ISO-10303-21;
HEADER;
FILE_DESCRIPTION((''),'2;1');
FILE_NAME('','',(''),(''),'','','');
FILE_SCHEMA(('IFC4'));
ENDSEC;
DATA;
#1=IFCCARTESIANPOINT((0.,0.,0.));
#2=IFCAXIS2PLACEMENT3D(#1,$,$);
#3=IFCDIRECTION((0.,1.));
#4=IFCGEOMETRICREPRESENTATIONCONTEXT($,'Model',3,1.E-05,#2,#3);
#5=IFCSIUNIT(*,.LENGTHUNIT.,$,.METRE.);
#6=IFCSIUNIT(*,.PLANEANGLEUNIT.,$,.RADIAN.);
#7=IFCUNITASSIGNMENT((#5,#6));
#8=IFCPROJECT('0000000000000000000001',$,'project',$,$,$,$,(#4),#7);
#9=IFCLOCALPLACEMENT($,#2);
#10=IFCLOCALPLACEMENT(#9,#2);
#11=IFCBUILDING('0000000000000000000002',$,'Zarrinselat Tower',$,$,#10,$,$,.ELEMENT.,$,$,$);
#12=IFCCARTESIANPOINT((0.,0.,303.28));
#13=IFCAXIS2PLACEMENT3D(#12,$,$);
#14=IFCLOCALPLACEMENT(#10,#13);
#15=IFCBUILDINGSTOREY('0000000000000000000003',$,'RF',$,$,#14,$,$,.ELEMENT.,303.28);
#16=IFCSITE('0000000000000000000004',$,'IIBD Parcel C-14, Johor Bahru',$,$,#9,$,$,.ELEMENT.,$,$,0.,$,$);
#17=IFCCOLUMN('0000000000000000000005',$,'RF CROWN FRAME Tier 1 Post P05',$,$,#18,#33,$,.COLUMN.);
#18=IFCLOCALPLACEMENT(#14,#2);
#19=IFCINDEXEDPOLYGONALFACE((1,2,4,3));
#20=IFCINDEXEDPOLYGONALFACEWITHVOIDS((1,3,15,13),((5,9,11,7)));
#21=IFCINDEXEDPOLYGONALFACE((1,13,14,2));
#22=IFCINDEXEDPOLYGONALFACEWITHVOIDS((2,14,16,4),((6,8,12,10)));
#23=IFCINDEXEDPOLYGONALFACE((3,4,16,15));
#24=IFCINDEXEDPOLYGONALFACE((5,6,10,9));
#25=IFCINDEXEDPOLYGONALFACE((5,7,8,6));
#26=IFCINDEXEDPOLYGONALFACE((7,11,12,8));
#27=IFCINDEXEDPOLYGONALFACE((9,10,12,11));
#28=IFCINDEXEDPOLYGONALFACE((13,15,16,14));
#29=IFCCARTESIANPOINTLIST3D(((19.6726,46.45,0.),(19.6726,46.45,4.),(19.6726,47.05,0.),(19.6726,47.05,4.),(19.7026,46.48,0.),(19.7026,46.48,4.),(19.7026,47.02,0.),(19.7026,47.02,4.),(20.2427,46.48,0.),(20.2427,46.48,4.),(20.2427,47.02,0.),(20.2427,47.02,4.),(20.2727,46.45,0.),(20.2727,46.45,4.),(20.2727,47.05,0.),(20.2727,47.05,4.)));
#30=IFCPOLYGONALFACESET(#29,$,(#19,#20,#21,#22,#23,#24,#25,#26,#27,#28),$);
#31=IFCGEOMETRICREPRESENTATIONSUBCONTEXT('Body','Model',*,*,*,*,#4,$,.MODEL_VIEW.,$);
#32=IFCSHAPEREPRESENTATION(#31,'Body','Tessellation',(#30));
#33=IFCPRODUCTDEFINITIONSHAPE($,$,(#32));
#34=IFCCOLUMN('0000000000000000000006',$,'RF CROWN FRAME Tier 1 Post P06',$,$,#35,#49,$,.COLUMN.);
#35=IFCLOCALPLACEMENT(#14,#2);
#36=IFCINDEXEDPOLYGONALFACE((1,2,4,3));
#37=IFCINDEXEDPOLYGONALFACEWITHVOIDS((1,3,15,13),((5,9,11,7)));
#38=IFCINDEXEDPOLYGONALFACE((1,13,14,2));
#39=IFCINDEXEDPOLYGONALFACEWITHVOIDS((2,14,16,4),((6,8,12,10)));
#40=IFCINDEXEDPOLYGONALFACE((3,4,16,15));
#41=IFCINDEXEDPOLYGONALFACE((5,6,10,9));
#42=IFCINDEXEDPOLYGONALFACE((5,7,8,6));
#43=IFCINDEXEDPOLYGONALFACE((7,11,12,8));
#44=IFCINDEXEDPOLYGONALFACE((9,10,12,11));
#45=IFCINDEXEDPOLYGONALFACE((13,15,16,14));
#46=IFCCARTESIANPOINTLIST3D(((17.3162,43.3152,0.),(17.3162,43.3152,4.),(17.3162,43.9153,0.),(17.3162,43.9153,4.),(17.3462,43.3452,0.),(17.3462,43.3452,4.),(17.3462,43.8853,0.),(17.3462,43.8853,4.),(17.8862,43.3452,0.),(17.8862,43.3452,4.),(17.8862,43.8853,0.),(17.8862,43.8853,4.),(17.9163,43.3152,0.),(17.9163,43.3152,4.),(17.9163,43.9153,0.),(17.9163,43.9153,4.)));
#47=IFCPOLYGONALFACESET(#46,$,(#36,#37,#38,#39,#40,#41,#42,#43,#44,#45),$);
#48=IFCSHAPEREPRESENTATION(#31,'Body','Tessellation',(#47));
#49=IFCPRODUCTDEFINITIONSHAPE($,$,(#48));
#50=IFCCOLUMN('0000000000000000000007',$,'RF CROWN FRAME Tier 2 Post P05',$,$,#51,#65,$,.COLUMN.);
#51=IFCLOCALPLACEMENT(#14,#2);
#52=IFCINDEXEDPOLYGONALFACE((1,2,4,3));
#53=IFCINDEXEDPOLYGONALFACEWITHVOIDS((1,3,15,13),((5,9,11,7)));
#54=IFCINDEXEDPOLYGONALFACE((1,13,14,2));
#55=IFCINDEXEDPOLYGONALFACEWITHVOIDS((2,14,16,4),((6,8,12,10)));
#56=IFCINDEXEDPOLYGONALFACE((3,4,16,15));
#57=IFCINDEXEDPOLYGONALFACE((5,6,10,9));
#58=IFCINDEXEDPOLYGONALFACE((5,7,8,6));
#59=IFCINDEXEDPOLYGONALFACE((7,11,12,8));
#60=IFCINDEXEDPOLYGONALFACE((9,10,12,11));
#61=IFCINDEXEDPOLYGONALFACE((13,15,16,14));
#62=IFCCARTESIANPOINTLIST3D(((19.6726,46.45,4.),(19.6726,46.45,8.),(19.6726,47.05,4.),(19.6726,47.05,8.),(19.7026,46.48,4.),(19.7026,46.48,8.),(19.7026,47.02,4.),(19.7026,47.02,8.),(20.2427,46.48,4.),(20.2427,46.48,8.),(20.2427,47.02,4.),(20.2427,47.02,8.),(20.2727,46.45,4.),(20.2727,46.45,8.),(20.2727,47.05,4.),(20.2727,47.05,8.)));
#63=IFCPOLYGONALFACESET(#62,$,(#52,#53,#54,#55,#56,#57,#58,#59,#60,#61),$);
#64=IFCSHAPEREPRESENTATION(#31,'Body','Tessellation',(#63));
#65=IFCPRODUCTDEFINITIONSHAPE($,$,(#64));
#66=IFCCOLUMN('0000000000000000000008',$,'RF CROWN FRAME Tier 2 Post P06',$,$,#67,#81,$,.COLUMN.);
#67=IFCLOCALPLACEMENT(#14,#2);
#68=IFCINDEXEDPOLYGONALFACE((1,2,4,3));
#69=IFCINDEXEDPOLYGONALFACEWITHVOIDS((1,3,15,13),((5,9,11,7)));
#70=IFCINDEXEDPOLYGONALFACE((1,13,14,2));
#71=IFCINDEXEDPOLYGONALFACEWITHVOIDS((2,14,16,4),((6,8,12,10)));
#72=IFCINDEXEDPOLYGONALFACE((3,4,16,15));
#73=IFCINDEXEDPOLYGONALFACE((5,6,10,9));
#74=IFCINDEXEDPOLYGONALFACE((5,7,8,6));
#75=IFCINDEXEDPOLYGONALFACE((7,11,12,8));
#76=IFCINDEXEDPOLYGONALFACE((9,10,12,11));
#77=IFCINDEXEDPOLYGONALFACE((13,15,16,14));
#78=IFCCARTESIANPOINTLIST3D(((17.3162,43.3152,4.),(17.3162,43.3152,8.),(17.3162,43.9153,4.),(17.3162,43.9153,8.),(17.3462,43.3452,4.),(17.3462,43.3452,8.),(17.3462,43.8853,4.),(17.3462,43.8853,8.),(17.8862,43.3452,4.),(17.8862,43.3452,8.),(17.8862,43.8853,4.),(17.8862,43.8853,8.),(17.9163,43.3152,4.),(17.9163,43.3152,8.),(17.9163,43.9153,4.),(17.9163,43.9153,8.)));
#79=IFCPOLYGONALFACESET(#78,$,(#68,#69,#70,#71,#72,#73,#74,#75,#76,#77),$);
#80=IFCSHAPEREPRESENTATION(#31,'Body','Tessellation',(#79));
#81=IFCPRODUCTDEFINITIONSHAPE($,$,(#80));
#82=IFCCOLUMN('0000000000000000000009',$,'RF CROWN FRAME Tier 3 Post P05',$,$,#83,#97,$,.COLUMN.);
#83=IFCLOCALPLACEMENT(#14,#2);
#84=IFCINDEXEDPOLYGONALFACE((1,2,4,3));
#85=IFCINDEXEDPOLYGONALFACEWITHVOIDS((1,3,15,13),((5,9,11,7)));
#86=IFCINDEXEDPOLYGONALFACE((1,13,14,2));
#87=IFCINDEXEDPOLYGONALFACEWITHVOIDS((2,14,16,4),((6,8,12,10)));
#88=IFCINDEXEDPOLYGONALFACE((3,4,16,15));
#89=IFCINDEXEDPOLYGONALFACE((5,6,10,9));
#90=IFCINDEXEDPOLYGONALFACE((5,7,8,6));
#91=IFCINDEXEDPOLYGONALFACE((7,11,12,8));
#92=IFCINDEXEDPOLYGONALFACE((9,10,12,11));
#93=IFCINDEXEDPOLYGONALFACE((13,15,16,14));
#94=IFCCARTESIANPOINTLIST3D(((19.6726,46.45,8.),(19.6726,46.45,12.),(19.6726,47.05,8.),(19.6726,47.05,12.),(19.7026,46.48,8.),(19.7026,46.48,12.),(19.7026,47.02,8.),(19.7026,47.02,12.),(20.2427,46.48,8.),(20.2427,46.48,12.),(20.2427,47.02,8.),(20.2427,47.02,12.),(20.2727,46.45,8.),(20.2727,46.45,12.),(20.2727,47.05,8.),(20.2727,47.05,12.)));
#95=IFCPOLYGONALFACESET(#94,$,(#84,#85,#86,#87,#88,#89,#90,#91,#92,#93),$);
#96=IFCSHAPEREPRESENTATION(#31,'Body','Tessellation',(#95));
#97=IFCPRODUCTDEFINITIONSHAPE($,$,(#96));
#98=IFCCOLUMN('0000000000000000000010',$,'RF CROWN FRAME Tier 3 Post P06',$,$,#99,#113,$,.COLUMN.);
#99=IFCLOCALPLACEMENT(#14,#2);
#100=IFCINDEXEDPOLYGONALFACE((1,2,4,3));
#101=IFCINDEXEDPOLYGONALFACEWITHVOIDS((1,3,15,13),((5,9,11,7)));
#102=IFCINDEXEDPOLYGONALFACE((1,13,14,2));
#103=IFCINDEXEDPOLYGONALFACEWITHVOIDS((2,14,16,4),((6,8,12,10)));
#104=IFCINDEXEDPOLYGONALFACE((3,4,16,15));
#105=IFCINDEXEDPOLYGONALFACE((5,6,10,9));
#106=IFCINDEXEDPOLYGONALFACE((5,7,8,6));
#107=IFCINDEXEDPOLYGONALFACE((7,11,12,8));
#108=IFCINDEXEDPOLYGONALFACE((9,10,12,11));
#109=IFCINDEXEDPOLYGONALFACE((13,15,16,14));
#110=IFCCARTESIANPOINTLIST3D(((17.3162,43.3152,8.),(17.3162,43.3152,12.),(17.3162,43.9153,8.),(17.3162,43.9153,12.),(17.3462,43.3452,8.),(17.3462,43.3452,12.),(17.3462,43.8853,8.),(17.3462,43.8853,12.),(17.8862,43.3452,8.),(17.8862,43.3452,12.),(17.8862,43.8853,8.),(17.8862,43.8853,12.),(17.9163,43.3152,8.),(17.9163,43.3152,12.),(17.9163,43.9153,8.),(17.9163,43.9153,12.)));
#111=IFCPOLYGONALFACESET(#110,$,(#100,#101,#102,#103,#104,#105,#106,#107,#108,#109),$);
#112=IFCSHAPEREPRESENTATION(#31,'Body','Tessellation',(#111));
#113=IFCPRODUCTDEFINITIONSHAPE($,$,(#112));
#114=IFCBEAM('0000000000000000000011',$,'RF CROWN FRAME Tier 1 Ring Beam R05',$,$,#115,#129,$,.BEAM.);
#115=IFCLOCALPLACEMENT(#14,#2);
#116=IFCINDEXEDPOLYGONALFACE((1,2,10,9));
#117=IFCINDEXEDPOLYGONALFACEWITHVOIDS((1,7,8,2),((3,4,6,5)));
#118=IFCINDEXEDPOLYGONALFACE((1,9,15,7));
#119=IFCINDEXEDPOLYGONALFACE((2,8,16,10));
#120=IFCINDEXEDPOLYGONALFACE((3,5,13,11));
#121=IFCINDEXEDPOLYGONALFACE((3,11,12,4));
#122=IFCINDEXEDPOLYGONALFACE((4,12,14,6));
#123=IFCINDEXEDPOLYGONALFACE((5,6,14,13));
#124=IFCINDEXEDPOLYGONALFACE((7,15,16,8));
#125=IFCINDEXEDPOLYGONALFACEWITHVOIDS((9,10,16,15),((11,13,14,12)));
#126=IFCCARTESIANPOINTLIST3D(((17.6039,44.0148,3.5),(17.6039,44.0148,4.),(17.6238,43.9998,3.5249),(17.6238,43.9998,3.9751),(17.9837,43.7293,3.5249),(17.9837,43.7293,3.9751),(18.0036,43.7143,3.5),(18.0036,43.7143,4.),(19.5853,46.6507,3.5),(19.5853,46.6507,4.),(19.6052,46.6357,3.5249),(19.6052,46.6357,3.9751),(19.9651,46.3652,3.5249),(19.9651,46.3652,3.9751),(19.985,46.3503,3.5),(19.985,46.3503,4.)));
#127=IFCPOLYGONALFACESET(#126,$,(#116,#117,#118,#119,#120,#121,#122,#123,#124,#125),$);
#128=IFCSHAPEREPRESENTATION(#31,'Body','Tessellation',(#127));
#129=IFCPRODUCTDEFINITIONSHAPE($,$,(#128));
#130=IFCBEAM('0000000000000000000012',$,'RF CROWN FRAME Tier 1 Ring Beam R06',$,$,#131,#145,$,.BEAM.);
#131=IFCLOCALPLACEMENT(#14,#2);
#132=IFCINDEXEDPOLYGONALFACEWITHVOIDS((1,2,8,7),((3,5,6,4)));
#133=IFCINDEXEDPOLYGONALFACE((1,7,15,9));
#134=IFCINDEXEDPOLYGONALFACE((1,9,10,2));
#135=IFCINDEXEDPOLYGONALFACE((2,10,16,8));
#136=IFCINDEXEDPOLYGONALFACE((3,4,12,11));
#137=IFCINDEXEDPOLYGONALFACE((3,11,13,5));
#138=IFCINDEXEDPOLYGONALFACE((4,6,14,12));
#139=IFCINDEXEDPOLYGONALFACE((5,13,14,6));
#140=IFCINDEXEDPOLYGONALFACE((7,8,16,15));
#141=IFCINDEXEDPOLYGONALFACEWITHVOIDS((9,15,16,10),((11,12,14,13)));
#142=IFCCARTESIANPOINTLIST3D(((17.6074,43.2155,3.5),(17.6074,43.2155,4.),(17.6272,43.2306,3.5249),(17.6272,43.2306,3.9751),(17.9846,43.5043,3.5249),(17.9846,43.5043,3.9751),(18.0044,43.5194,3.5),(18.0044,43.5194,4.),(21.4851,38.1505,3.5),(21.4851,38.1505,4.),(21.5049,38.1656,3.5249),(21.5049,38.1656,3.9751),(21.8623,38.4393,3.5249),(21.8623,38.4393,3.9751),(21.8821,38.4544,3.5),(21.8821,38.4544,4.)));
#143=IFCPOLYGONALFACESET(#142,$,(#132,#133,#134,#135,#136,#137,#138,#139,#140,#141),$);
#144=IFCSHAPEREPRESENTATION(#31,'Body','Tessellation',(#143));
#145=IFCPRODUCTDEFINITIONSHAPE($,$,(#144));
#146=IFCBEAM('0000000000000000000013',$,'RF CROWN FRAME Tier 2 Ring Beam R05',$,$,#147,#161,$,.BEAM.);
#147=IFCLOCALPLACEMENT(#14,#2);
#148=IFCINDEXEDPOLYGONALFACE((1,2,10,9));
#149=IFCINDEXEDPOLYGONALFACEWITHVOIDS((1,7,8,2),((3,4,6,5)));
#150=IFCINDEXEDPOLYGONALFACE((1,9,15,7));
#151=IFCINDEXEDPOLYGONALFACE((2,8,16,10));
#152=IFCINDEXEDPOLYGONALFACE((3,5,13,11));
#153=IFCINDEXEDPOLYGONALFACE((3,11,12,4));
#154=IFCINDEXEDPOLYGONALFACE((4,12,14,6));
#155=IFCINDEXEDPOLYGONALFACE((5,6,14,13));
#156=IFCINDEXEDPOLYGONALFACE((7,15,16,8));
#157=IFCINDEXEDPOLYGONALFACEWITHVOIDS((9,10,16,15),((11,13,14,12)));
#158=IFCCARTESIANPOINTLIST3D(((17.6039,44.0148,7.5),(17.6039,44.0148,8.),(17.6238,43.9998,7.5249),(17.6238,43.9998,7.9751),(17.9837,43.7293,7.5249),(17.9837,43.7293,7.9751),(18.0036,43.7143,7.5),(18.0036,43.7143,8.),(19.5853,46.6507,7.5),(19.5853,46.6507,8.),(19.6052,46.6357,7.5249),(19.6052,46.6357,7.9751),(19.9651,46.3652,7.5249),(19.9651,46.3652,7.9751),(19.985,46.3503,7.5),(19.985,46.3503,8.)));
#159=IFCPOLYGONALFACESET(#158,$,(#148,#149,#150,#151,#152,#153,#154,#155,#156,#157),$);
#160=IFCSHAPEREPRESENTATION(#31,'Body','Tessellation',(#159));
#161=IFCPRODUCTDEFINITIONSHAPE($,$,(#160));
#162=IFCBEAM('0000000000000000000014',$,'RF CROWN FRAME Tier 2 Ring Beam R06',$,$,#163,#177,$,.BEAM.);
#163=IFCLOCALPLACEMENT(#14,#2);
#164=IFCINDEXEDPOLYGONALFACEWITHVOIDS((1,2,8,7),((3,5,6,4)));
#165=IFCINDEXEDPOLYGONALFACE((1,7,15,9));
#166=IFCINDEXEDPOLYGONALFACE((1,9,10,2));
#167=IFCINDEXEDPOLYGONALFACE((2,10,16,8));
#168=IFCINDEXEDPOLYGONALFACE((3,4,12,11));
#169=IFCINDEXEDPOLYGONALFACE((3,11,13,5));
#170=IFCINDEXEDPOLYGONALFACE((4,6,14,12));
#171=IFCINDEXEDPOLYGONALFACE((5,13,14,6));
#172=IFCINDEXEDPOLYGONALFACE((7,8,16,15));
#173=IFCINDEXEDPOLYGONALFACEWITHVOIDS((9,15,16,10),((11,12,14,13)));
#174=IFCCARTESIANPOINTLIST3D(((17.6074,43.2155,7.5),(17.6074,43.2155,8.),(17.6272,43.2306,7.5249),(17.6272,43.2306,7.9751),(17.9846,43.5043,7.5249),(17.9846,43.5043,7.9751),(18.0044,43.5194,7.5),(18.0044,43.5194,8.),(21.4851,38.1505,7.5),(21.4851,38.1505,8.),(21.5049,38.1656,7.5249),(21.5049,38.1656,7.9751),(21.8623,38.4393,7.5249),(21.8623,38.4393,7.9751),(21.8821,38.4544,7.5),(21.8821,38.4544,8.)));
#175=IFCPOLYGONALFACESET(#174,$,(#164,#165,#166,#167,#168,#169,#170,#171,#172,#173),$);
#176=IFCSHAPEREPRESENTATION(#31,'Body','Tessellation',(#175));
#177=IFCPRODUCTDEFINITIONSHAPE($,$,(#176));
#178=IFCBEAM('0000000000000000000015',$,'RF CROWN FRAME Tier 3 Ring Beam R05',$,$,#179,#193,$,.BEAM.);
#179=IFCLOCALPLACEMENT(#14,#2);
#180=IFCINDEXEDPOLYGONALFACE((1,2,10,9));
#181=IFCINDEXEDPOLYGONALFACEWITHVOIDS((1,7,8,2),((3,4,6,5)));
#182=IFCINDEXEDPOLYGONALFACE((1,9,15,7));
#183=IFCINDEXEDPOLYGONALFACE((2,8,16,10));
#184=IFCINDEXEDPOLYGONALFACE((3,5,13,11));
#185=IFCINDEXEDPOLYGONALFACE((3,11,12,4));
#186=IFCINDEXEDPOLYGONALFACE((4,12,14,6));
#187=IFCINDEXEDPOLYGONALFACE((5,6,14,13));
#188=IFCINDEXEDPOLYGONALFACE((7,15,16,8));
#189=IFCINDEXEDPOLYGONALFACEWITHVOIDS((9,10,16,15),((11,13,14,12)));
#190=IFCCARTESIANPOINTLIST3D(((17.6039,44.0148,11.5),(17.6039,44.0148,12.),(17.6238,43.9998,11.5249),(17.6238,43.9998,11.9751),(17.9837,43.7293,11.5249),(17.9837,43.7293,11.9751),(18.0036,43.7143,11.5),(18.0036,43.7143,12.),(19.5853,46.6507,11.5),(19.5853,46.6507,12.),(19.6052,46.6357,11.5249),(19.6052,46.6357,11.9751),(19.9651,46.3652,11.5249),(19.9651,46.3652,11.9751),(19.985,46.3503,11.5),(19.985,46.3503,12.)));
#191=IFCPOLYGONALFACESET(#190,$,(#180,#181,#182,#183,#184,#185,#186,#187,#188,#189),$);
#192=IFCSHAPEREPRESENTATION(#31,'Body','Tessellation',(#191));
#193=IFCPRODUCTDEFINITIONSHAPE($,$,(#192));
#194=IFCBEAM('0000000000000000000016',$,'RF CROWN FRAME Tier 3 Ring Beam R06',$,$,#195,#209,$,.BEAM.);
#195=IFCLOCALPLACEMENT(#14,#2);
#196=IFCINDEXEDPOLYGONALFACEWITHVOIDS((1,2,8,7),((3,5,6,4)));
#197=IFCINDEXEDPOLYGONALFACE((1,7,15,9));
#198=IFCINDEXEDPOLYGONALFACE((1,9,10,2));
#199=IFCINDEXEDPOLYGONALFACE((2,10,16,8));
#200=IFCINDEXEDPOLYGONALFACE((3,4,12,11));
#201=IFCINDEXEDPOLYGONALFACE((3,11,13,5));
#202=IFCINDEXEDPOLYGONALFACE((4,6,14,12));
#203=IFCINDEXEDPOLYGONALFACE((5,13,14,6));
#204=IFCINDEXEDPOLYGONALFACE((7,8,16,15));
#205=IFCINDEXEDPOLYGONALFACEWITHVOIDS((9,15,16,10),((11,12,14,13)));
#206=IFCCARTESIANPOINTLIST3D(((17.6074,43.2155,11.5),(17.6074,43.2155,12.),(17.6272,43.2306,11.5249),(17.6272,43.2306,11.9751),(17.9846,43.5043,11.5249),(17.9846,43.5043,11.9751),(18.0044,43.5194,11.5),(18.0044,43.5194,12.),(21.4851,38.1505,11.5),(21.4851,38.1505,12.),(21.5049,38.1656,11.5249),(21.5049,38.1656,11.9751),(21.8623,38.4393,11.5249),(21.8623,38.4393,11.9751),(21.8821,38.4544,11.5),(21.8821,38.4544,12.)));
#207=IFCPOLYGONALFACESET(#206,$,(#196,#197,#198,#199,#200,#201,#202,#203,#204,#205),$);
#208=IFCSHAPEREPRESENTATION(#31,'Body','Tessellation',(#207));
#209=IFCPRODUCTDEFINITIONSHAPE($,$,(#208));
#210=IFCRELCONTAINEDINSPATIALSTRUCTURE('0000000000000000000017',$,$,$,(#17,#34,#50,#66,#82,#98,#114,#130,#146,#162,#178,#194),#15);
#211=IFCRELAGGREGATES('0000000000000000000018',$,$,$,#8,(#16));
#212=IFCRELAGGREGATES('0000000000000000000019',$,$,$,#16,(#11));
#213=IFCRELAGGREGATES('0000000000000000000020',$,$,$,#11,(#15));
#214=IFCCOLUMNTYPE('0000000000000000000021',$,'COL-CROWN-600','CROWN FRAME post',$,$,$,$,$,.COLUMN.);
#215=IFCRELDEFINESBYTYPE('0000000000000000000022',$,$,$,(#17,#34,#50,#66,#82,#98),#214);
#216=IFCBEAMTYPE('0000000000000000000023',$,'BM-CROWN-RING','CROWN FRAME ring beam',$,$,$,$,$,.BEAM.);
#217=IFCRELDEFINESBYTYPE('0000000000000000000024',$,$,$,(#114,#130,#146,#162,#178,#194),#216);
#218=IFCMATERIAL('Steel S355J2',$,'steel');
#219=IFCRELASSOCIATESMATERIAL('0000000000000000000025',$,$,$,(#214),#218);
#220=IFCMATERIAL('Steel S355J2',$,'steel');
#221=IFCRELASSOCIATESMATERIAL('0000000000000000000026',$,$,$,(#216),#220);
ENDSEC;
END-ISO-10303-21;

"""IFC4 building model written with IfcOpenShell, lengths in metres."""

from ifc_helpers import new_model, si_unit, direction, frame, origin, origin_2d, place, context, subcontext, project, spatial, hollow_rectangle, extrude, material, material_profile, profile_set, type_object, element, save


model = new_model("IFC4")

# Units and contexts
model_context = context("Model", 3, precision=1e-05, world=origin(), true_north=direction((0.0, 1.0)))
body_context = subcontext(model_context, "Body", "Model", "MODEL_VIEW")
ifc_project = project(units=[si_unit("LENGTHUNIT", "METRE"), si_unit("PLANEANGLEUNIT", "RADIAN")], contexts=[model_context])

# Site, building, storey
site_placement = place(None, origin())
site = spatial("IfcSite", under=ifc_project, at=site_placement, Name="IIBD Parcel C-14, Johor Bahru", CompositionType="ELEMENT", RefElevation=0.0)
building_placement = place(site_placement, origin())
building = spatial("IfcBuilding", under=site, at=building_placement, Name="Zarrinselat Tower", CompositionType="ELEMENT")
storey_placement = place(building_placement, frame((0.0, 0.0, 303.28)))
storey = spatial("IfcBuildingStorey", under=building, at=storey_placement, Name="RF", CompositionType="ELEMENT", Elevation=303.28)

# Columns
ifc_material_1 = material(Name="Steel S355J2", Category="steel")
ifc_material_profile_1 = material_profile(ifc_material_1, hollow_rectangle(XDim=0.6001, YDim=0.6001, WallThickness=0.03, at=origin_2d()), Name="SHS 600x600x30")
ifc_profile_set_1 = profile_set([ifc_material_profile_1], Name="Steel S355J2")
column_type = type_object("IfcColumnType", Name="COL-CROWN-600", Description="CROWN FRAME post", PredefinedType="COLUMN", material=ifc_profile_set_1)
for number, where, z_axis, x_axis, name in (
    (1, (19.9727, 46.75, 0.0), (0.0, 0.0, 1.0), (1.0, 0.0, 0.0), "RF CROWN FRAME Tier 1 Post P05"),
    (2, (17.6162, 43.6152, 0.0), (0.0, 0.0, 1.0), (1.0, 0.0, 0.0), "RF CROWN FRAME Tier 1 Post P06"),
    (3, (19.9727, 46.75, 4.0), (0.0, 0.0, 1.0), (1.0, 0.0, 0.0), "RF CROWN FRAME Tier 2 Post P05"),
    (4, (17.6162, 43.6152, 4.0), (0.0, 0.0, 1.0), (1.0, 0.0, 0.0), "RF CROWN FRAME Tier 2 Post P06"),
    (5, (19.9727, 46.75, 8.0), (0.0, 0.0, 1.0), (1.0, 0.0, 0.0), "RF CROWN FRAME Tier 3 Post P05"),
    (6, (17.6162, 43.6152, 8.0), (0.0, 0.0, 1.0), (1.0, 0.0, 0.0), "RF CROWN FRAME Tier 3 Post P06"),
):
    element("IfcColumn", number, at=place(storey_placement, frame(where, z_axis=z_axis, x_axis=x_axis)), inside=storey, type_object=column_type, Name=name, PredefinedType="COLUMN", context=body_context, shape_type="SweptSolid", body=[
        extrude(hollow_rectangle(XDim=0.6001, YDim=0.6001, WallThickness=0.03, at=origin_2d()), origin(), (0.0, 0.0, 1.0), 4.0),
    ])

# Beams
ifc_material_2 = material(Name="Steel S355J2", Category="steel")
ifc_material_profile_2 = material_profile(ifc_material_2, hollow_rectangle(XDim=0.5, YDim=0.5, WallThickness=0.0249, at=origin_2d()), Name="SHS 500x500x25")
ifc_profile_set_2 = profile_set([ifc_material_profile_2], Name="Steel S355J2")
beam_type = type_object("IfcBeamType", Name="BM-CROWN-RING", Description="CROWN FRAME ring beam", PredefinedType="BEAM", material=ifc_profile_set_2)
beam_1_placement = place(storey_placement, frame((19.7852, 46.5005, 3.75), z_axis=(-0.600864, -0.799351, 0.0), x_axis=(0.799351, -0.600864, 0.0)))
element("IfcBeam", 7, at=beam_1_placement, inside=storey, type_object=beam_type, Name="RF CROWN FRAME Tier 1 Ring Beam R05", PredefinedType="BEAM", context=body_context, shape_type="SweptSolid", body=[
    extrude(hollow_rectangle(XDim=0.5, YDim=0.5, WallThickness=0.0249, at=origin_2d()), origin(), (0.0, 0.0, 1.0), 3.2976),
])
beam_2_placement = place(storey_placement, frame((17.8059, 43.3674, 3.75), z_axis=(0.607895, -0.794018, 0.0), x_axis=(0.794018, 0.607895, 0.0)))
element("IfcBeam", 8, at=beam_2_placement, inside=storey, type_object=beam_type, Name="RF CROWN FRAME Tier 1 Ring Beam R06", PredefinedType="BEAM", context=body_context, shape_type="SweptSolid", body=[
    extrude(hollow_rectangle(XDim=0.5, YDim=0.5, WallThickness=0.0249, at=origin_2d()), origin(), (0.0, 0.0, 1.0), 6.3789),
])
beam_3_placement = place(storey_placement, frame((19.7852, 46.5005, 7.75), z_axis=(-0.600864, -0.799351, 0.0), x_axis=(0.799351, -0.600864, 0.0)))
element("IfcBeam", 9, at=beam_3_placement, inside=storey, type_object=beam_type, Name="RF CROWN FRAME Tier 2 Ring Beam R05", PredefinedType="BEAM", context=body_context, shape_type="SweptSolid", body=[
    extrude(hollow_rectangle(XDim=0.5, YDim=0.5, WallThickness=0.0249, at=origin_2d()), origin(), (0.0, 0.0, 1.0), 3.2976),
])
beam_4_placement = place(storey_placement, frame((17.8059, 43.3674, 7.75), z_axis=(0.607895, -0.794018, 0.0), x_axis=(0.794018, 0.607895, 0.0)))
element("IfcBeam", 10, at=beam_4_placement, inside=storey, type_object=beam_type, Name="RF CROWN FRAME Tier 2 Ring Beam R06", PredefinedType="BEAM", context=body_context, shape_type="SweptSolid", body=[
    extrude(hollow_rectangle(XDim=0.5, YDim=0.5, WallThickness=0.0249, at=origin_2d()), origin(), (0.0, 0.0, 1.0), 6.3789),
])
beam_5_placement = place(storey_placement, frame((19.7852, 46.5005, 11.75), z_axis=(-0.600864, -0.799351, 0.0), x_axis=(0.799351, -0.600864, 0.0)))
element("IfcBeam", 11, at=beam_5_placement, inside=storey, type_object=beam_type, Name="RF CROWN FRAME Tier 3 Ring Beam R05", PredefinedType="BEAM", context=body_context, shape_type="SweptSolid", body=[
    extrude(hollow_rectangle(XDim=0.5, YDim=0.5, WallThickness=0.0249, at=origin_2d()), origin(), (0.0, 0.0, 1.0), 3.2976),
])
beam_6_placement = place(storey_placement, frame((17.8059, 43.3674, 11.75), z_axis=(0.607895, -0.794018, 0.0), x_axis=(0.794018, 0.607895, 0.0)))
element("IfcBeam", 12, at=beam_6_placement, inside=storey, type_object=beam_type, Name="RF CROWN FRAME Tier 3 Ring Beam R06", PredefinedType="BEAM", context=body_context, shape_type="SweptSolid", body=[
    extrude(hollow_rectangle(XDim=0.5, YDim=0.5, WallThickness=0.0249, at=origin_2d()), origin(), (0.0, 0.0, 1.0), 6.3789),
])

save(model, "model.ifc")
